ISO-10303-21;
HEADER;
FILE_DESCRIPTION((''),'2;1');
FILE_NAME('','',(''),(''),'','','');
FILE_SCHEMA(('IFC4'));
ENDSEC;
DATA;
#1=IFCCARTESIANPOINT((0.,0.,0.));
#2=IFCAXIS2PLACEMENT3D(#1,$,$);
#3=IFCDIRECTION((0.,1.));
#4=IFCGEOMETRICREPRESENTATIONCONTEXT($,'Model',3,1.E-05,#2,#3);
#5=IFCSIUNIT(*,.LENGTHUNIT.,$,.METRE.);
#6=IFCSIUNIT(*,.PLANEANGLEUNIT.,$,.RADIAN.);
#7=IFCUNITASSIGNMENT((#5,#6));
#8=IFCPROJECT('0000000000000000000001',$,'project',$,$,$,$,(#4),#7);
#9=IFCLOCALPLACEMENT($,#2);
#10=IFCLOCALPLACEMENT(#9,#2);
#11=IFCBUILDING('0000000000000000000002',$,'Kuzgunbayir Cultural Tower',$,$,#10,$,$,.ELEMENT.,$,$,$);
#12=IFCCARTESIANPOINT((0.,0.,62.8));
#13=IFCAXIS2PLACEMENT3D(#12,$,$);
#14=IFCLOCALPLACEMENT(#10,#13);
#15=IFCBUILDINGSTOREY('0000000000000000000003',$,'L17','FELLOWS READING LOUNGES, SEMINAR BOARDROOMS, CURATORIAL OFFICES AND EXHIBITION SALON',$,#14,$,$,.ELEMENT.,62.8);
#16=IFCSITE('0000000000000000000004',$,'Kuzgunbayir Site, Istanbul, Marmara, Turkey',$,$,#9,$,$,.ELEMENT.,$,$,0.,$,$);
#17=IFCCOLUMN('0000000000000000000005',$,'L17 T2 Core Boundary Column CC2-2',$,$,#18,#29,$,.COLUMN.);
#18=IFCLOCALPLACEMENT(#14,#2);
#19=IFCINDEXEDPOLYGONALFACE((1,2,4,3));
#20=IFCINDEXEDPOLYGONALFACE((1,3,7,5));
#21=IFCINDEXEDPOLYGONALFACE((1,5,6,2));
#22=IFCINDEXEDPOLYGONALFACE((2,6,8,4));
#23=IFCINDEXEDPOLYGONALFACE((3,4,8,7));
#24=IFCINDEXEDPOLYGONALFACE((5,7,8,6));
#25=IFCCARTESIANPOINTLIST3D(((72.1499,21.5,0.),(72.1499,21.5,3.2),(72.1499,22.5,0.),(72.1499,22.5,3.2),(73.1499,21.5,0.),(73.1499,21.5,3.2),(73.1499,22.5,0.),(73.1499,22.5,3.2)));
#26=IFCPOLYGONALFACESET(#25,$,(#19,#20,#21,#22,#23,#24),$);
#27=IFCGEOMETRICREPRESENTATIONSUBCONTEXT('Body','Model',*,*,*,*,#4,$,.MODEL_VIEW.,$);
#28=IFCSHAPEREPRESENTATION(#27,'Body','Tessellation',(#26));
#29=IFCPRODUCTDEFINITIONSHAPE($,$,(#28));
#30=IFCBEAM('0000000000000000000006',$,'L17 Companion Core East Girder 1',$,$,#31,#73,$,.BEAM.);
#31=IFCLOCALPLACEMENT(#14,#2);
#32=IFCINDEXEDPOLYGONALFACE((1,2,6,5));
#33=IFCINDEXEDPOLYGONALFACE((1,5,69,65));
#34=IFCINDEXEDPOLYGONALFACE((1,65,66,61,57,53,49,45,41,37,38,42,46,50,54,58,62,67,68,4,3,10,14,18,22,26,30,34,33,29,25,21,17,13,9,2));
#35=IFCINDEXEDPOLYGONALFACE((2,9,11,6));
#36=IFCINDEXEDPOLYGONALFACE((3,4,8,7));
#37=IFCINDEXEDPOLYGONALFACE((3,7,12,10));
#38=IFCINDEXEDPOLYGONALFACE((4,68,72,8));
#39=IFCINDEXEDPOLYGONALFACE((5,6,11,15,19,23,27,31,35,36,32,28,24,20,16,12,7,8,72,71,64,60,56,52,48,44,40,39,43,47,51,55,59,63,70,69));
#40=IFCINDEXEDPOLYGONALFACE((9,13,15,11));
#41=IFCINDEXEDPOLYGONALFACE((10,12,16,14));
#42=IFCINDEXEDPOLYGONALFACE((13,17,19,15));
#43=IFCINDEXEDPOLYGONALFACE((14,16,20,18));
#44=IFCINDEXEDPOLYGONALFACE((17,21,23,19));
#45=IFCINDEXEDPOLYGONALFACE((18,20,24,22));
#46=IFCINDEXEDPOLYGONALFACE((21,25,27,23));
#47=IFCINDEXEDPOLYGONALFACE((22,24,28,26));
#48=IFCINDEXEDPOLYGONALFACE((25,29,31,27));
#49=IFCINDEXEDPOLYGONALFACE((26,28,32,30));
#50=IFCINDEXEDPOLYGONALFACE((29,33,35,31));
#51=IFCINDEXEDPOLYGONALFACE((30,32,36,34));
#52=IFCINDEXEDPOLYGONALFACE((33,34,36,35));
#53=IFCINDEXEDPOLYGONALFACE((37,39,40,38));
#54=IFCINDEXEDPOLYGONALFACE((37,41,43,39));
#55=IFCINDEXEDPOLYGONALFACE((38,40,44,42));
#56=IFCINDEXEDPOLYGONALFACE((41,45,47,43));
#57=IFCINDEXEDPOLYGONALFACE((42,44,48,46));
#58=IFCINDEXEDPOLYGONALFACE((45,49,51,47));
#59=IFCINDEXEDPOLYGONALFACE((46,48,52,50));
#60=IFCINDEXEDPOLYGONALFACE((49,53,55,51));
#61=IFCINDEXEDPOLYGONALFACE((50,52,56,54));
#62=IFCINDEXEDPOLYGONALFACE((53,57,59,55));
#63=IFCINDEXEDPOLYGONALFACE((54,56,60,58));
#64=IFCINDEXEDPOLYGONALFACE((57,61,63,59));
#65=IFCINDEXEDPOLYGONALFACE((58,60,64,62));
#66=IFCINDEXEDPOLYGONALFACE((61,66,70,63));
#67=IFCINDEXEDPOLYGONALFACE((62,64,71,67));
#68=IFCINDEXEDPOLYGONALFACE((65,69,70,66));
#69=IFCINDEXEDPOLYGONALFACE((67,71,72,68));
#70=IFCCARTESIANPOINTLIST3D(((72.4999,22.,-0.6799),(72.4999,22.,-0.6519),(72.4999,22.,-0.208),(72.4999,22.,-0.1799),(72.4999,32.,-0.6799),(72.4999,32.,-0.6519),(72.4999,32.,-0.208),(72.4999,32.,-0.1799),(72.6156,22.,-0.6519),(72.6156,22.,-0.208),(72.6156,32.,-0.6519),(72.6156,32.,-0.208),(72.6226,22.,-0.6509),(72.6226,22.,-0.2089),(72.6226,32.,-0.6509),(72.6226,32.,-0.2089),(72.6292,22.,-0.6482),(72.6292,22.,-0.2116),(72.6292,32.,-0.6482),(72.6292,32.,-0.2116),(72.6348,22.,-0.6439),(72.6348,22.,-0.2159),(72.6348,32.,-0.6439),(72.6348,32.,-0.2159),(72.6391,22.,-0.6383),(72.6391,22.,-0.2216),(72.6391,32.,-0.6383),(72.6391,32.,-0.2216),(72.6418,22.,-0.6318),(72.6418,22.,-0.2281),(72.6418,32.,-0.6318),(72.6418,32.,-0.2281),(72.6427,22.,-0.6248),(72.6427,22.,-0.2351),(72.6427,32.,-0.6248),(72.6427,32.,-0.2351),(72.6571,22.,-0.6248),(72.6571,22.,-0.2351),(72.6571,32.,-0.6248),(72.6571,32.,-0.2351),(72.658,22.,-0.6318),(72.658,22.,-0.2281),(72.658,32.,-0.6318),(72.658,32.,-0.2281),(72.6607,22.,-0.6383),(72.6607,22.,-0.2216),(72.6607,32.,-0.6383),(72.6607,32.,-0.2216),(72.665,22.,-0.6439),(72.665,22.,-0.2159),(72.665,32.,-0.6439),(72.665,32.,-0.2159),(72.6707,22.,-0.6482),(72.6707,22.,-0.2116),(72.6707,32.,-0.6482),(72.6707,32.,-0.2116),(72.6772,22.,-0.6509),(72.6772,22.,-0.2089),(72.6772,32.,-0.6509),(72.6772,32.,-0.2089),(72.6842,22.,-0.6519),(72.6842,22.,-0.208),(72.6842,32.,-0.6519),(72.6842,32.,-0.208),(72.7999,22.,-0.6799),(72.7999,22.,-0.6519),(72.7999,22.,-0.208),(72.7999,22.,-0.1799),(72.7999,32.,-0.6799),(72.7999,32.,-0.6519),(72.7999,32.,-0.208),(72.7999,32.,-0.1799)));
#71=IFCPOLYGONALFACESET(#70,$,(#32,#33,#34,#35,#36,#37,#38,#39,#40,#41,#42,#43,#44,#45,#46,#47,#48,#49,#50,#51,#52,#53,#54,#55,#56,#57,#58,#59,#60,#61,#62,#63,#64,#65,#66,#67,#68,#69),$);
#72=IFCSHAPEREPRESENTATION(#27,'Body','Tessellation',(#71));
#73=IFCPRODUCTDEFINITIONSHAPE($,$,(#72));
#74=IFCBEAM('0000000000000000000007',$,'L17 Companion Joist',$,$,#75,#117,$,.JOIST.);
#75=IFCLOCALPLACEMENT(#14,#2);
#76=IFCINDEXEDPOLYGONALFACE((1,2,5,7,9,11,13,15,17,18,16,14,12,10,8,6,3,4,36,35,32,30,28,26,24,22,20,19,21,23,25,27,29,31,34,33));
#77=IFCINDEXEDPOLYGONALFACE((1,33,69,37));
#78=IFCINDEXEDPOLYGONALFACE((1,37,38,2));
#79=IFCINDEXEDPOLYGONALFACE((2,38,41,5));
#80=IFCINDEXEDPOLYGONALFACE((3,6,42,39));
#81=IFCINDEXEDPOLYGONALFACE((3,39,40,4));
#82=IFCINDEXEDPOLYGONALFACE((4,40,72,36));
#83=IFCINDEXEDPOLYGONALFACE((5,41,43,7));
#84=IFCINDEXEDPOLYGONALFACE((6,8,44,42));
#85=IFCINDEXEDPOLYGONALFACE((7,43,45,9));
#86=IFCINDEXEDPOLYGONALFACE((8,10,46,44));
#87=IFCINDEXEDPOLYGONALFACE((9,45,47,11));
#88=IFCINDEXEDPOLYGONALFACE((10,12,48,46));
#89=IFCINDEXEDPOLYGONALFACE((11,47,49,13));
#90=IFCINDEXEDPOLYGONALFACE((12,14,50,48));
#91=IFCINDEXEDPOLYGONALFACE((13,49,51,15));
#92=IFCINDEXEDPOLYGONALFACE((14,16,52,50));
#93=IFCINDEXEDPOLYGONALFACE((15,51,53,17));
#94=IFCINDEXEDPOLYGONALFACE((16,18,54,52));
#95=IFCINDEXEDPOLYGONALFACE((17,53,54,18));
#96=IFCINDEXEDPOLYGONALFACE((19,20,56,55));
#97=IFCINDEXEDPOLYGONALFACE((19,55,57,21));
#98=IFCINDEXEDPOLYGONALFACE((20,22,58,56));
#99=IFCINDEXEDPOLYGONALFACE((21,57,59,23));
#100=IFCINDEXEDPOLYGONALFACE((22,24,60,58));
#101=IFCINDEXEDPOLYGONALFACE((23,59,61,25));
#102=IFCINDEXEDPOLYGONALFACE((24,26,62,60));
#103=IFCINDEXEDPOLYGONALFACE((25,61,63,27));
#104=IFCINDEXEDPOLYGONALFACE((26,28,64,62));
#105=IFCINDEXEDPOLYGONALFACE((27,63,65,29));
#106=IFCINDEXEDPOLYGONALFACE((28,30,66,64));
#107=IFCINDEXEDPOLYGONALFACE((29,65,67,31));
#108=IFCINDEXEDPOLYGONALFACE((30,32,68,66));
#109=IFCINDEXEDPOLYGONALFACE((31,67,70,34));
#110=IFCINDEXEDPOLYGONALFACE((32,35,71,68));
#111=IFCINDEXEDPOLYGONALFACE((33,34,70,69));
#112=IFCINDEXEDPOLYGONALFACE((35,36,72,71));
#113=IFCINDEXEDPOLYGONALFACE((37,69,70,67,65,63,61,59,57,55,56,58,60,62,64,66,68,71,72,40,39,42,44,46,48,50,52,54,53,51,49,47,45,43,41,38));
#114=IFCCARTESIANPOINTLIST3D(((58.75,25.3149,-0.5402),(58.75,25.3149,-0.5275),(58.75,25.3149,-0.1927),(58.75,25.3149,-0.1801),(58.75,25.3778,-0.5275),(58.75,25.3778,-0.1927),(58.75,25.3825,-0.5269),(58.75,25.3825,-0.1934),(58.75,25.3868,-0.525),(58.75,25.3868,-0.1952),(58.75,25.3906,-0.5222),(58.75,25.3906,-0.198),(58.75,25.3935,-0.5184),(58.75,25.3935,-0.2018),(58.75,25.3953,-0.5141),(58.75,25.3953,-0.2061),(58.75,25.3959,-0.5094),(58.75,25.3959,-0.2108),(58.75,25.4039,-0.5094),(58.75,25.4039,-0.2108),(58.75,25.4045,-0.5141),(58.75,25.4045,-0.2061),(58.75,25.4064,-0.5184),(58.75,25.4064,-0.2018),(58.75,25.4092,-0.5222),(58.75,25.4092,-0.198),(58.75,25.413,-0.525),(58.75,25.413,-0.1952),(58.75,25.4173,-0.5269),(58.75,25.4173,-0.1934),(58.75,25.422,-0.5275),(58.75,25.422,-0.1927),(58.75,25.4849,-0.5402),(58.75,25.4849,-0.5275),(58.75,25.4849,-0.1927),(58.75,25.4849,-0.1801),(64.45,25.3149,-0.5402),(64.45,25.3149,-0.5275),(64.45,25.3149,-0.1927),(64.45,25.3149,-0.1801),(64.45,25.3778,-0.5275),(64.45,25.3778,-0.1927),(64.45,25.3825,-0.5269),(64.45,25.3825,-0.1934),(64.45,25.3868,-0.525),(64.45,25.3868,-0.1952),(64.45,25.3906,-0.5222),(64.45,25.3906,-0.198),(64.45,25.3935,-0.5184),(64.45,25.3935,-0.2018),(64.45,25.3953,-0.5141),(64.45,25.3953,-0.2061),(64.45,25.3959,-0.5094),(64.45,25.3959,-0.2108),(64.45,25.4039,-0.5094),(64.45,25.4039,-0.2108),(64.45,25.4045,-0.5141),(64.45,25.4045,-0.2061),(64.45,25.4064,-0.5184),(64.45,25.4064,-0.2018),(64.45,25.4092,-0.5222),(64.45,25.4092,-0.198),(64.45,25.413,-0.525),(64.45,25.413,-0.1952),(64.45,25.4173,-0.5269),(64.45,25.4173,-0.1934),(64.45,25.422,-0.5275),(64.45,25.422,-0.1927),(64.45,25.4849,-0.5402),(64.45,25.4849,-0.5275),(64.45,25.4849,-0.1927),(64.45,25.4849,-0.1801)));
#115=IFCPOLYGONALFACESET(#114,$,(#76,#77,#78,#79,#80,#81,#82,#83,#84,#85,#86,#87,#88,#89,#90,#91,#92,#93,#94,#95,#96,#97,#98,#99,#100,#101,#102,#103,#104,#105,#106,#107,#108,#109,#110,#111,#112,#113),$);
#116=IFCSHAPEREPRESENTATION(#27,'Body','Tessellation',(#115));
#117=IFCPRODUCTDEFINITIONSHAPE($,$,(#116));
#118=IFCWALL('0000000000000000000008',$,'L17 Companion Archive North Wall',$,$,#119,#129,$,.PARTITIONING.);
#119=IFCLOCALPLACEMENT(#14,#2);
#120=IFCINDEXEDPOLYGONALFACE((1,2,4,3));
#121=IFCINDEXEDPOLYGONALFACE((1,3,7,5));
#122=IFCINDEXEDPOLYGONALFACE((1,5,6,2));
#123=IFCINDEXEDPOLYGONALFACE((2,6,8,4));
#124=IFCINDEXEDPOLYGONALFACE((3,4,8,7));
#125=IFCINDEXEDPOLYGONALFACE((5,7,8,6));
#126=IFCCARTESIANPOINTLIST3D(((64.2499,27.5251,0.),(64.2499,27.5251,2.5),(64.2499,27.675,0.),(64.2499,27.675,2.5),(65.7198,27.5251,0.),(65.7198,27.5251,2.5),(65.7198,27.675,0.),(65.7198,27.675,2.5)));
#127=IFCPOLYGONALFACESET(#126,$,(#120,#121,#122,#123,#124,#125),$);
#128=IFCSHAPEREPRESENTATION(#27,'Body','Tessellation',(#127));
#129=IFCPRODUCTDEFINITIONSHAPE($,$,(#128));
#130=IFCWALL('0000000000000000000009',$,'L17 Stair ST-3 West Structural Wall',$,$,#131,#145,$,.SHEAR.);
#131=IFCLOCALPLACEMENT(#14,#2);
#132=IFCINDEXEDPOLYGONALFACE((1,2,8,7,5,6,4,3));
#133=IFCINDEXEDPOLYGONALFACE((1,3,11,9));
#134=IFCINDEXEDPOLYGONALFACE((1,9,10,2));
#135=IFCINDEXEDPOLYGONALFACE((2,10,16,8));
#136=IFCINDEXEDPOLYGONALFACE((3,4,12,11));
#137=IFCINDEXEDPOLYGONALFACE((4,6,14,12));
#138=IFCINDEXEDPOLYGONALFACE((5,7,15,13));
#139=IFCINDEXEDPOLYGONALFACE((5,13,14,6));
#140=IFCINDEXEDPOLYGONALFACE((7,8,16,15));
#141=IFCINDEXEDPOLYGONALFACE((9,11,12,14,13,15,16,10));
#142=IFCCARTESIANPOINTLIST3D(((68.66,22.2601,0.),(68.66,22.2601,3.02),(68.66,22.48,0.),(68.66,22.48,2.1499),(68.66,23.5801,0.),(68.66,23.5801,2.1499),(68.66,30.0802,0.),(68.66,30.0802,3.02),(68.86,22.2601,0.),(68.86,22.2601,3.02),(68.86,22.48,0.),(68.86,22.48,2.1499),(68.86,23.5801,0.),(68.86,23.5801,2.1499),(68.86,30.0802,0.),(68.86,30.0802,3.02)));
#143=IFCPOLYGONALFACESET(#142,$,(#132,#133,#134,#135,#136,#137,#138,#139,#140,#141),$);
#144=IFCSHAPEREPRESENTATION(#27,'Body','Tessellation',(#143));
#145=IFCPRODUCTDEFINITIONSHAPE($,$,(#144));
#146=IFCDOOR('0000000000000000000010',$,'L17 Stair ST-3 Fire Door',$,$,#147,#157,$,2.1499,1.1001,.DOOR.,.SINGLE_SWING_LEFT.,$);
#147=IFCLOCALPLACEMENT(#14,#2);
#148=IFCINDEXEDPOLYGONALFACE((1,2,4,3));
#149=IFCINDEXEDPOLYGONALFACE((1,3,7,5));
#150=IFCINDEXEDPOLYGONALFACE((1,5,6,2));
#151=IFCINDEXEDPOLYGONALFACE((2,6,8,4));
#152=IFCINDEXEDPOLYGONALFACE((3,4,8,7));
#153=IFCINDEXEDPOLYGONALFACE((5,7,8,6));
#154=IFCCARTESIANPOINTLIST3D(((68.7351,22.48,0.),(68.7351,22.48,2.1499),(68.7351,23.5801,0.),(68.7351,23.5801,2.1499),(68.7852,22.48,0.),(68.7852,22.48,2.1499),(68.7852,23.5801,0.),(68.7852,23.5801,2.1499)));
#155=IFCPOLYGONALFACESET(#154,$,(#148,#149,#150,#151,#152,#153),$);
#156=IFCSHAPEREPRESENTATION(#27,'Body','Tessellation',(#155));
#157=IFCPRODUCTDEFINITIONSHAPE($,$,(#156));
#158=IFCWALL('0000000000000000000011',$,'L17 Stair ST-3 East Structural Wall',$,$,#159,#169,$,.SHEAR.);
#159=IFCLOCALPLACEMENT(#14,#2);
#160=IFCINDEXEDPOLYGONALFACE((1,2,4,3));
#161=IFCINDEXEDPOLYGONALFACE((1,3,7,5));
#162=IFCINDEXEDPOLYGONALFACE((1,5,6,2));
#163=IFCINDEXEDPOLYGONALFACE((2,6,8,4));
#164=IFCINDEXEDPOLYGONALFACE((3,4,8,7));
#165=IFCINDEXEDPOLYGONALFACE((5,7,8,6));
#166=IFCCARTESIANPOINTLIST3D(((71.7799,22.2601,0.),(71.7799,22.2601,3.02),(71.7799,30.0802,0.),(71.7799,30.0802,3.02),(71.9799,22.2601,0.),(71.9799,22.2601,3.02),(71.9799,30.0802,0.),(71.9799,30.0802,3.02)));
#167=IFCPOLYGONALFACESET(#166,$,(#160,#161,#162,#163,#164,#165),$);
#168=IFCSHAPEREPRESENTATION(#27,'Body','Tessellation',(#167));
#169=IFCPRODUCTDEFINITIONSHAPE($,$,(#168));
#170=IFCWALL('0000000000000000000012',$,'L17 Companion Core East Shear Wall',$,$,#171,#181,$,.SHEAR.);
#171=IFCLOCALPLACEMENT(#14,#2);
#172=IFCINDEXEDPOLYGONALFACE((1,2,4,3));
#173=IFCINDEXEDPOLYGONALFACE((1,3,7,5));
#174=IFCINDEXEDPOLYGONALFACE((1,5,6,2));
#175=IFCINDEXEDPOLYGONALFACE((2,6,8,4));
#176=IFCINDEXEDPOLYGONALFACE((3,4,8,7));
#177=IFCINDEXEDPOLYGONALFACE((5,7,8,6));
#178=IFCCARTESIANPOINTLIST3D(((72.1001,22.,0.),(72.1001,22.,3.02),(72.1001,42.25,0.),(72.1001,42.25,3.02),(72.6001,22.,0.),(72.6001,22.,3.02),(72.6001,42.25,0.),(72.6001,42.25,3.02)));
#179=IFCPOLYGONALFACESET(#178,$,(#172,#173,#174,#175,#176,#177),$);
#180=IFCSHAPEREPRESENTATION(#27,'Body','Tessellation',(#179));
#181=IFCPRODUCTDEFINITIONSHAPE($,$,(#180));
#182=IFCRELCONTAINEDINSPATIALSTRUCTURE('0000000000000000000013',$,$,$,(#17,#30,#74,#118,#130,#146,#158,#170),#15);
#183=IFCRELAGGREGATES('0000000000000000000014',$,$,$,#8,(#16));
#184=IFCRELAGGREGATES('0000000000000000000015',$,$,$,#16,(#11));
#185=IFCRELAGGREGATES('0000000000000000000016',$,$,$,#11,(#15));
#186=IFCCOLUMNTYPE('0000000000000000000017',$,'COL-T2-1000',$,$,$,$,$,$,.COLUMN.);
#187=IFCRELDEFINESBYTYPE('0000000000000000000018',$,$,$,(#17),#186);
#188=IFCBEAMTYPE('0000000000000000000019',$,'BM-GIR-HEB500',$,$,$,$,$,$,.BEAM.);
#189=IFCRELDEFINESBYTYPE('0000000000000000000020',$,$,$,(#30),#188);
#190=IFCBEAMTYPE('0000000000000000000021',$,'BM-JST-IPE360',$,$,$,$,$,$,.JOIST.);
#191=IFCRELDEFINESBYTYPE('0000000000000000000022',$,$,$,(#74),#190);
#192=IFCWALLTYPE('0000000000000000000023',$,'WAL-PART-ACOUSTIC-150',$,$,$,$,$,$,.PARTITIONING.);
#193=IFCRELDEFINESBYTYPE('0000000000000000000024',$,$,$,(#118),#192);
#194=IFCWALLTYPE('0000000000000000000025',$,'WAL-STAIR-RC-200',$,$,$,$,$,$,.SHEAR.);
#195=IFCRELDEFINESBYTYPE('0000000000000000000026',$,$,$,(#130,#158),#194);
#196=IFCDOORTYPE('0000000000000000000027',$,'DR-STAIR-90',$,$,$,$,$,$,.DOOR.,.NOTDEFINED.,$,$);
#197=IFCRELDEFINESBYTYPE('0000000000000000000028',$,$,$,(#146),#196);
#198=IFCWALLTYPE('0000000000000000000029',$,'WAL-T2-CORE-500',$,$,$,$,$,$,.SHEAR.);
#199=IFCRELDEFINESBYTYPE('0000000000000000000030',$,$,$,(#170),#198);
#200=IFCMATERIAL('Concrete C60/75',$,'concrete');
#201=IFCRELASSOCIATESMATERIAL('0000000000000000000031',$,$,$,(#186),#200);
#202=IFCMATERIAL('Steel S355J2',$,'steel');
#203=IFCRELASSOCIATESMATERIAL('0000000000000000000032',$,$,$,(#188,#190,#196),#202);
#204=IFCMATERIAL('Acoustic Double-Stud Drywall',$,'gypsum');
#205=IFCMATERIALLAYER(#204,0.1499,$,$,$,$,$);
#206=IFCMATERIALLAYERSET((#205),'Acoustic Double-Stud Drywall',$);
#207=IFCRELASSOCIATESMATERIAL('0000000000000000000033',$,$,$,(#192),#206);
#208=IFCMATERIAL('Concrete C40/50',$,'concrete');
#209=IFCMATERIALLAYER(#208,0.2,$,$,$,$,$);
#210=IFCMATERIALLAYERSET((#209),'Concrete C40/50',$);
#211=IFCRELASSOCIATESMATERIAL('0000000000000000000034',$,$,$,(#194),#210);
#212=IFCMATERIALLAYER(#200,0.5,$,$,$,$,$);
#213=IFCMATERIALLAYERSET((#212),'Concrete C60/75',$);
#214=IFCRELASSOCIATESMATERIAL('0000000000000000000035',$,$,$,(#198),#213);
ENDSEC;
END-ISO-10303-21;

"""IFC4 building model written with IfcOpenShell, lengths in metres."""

from ifc_helpers import new_model, si_unit, direction, frame, frame_2d, origin, origin_2d, place, context, subcontext, project, spatial, rectangle, i_section, extrude, material, layer, layer_set, material_profile, profile_set, type_object, element, fill, save


model = new_model("IFC4")

# Units and contexts
model_context = context("Model", 3, precision=1e-05, world=origin(), true_north=direction((0.0, 1.0)))
body_context = subcontext(model_context, "Body", "Model", "MODEL_VIEW")
ifc_project = project(units=[si_unit("LENGTHUNIT", "METRE"), si_unit("PLANEANGLEUNIT", "RADIAN")], contexts=[model_context])

# Site, building, storey
site_placement = place(None, origin())
site = spatial("IfcSite", under=ifc_project, at=site_placement, Name="Kuzgunbayir Site, Istanbul, Marmara, Turkey", CompositionType="ELEMENT", RefElevation=0.0)
building_placement = place(site_placement, origin())
building = spatial("IfcBuilding", under=site, at=building_placement, Name="Kuzgunbayir Cultural Tower", CompositionType="ELEMENT")
storey_placement = place(building_placement, frame((0.0, 0.0, 62.8)))
storey = spatial("IfcBuildingStorey", under=building, at=storey_placement, Name="L17", Description="FELLOWS READING LOUNGES, SEMINAR BOARDROOMS, CURATORIAL OFFICES AND EXHIBITION SALON", CompositionType="ELEMENT", Elevation=62.8)

# Column
ifc_material_1 = material(Name="Concrete C60/75", Category="concrete")
ifc_material_profile_1 = material_profile(ifc_material_1, rectangle(XDim=1.0, YDim=1.0, at=origin_2d()), Name="RC 1000x1000")
ifc_profile_set_1 = profile_set([ifc_material_profile_1], Name="Concrete C60/75")
column_type = type_object("IfcColumnType", Name="COL-T2-1000", PredefinedType="COLUMN", material=ifc_profile_set_1)
column_placement = place(storey_placement, frame((72.6499, 22.0, 0.0), z_axis=(0.0, 0.0, 1.0), x_axis=(1.0, 0.0, 0.0)))
element("IfcColumn", 1, at=column_placement, inside=storey, type_object=column_type, Name="L17 T2 Core Boundary Column CC2-2", PredefinedType="COLUMN", context=body_context, shape_type="SweptSolid", body=[
    extrude(rectangle(XDim=1.0, YDim=1.0, at=origin_2d()), origin(), (0.0, 0.0, 1.0), 3.2),
])

# Beams
ifc_material_2 = material(Name="Steel S355J2", Category="steel")
ifc_material_profile_2 = material_profile(ifc_material_2, i_section(OverallWidth=0.3, OverallDepth=0.5, WebThickness=0.0144, FlangeThickness=0.0281, FilletRadius=0.0271, at=origin_2d()), Name="HEB 500")
ifc_profile_set_2 = profile_set([ifc_material_profile_2], Name="Steel S355J2")
beam_type_1 = type_object("IfcBeamType", Name="BM-GIR-HEB500", PredefinedType="BEAM", material=ifc_profile_set_2)
beam_1_placement = place(storey_placement, frame((72.6499, 22.0, -0.4299), z_axis=(0.0, 1.0, 0.0), x_axis=(-1.0, 0.0, 0.0)))
element("IfcBeam", 2, at=beam_1_placement, inside=storey, type_object=beam_type_1, Name="L17 Companion Core East Girder 1", PredefinedType="BEAM", context=body_context, shape_type="SweptSolid", body=[
    extrude(i_section(OverallWidth=0.3, OverallDepth=0.5, WebThickness=0.0144, FlangeThickness=0.0281, FilletRadius=0.0271, at=origin_2d()), origin(), (0.0, 0.0, 1.0), 10.0),
])
ifc_material_profile_3 = material_profile(ifc_material_2, i_section(OverallWidth=0.1699, OverallDepth=0.3601, WebThickness=0.0081, FlangeThickness=0.0127, FilletRadius=0.0181, at=origin_2d()), Name="IPE 360")
ifc_profile_set_3 = profile_set([ifc_material_profile_3], Name="Steel S355J2")
beam_type_2 = type_object("IfcBeamType", Name="BM-JST-IPE360", PredefinedType="JOIST", material=ifc_profile_set_3)
beam_2_placement = place(storey_placement, frame((58.75, 25.3999, -0.3601), z_axis=(1.0, 0.0, 0.0), x_axis=(0.0, 1.0, 0.0)))
element("IfcBeam", 3, at=beam_2_placement, inside=storey, type_object=beam_type_2, Name="L17 Companion Joist", PredefinedType="JOIST", context=body_context, shape_type="SweptSolid", body=[
    extrude(i_section(OverallWidth=0.1699, OverallDepth=0.3601, WebThickness=0.0081, FlangeThickness=0.0127, FilletRadius=0.0181, at=origin_2d()), origin(), (0.0, 0.0, 1.0), 5.7),
])

# Wall
ifc_material_3 = material(Name="Acoustic Double-Stud Drywall", Category="gypsum")
ifc_layer_1 = layer(ifc_material_3, 0.1499)
ifc_layer_set_1 = layer_set([ifc_layer_1], Name="Acoustic Double-Stud Drywall")
wall_type_1 = type_object("IfcWallType", Name="WAL-PART-ACOUSTIC-150", PredefinedType="PARTITIONING", material=ifc_layer_set_1)
wall_1_placement = place(storey_placement, frame((64.25, 27.6001, 0.0), z_axis=(0.0, 0.0, 1.0), x_axis=(1.0, 0.0, 0.0)))
element("IfcWall", 4, at=wall_1_placement, inside=storey, type_object=wall_type_1, Name="L17 Companion Archive North Wall", PredefinedType="PARTITIONING", context=body_context, shape_type="SweptSolid", body=[
    extrude(rectangle(XDim=1.47, YDim=0.1499, at=frame_2d((0.7349, 0.0))), origin(), (0.0, 0.0, 1.0), 2.5),
])

# Wall, opening, door
ifc_material_4 = material(Name="Concrete C40/50", Category="concrete")
ifc_layer_2 = layer(ifc_material_4, 0.2)
ifc_layer_set_2 = layer_set([ifc_layer_2], Name="Concrete C40/50")
wall_type_2 = type_object("IfcWallType", Name="WAL-STAIR-RC-200", PredefinedType="SHEAR", material=ifc_layer_set_2)
wall_2_placement = place(storey_placement, frame((68.76, 22.26, 0.0), z_axis=(0.0, 0.0, 1.0), x_axis=(0.0, 1.0, 0.0)))
wall_2 = element("IfcWall", 5, at=wall_2_placement, inside=storey, type_object=wall_type_2, Name="L17 Stair ST-3 West Structural Wall", PredefinedType="SHEAR", context=body_context, shape_type="SweptSolid", body=[
    extrude(rectangle(XDim=7.8201, YDim=0.2, at=frame_2d((3.9102, 0.0))), origin(), (0.0, 0.0, 1.0), 3.02),
])
opening_1_placement = place(wall_2_placement, frame((0.22, 0.0, 0.0)))
opening_1 = element("IfcOpeningElement", 6, at=opening_1_placement, cuts=wall_2, PredefinedType="OPENING", context=body_context, shape_type="SweptSolid", body=[
    extrude(rectangle(XDim=1.1001, YDim=2.1499, at=frame_2d((0.55, 1.075))), frame((0.0, 0.1099, 0.0), z_axis=(0.0, -1.0, 0.0), x_axis=(1.0, 0.0, 0.0)), (0.0, 0.0, 1.0), 0.22),
])
door_type_1 = type_object("IfcDoorType", Name="DR-STAIR-90", OperationType="NOTDEFINED", PredefinedType="DOOR", material=ifc_material_2)
door_1_placement = place(opening_1_placement, origin())
door_1 = element("IfcDoor", 7, at=door_1_placement, inside=storey, type_object=door_type_1, Name="L17 Stair ST-3 Fire Door", OperationType="SINGLE_SWING_LEFT", OverallHeight=2.1499, OverallWidth=1.1001, PredefinedType="DOOR", context=body_context, shape_type="SweptSolid", body=[
    extrude(rectangle(XDim=1.1001, YDim=2.1499, at=frame_2d((0.55, 1.075))), frame((0.0, 0.0249, 0.0), z_axis=(0.0, -1.0, 0.0), x_axis=(1.0, 0.0, 0.0)), (0.0, 0.0, 1.0), 0.05),
])
fill(opening_1, door_1)

# Walls
wall_3_placement = place(storey_placement, frame((71.8799, 22.26, 0.0), z_axis=(0.0, 0.0, 1.0), x_axis=(0.0, 1.0, 0.0)))
element("IfcWall", 8, at=wall_3_placement, inside=storey, type_object=wall_type_2, Name="L17 Stair ST-3 East Structural Wall", PredefinedType="SHEAR", context=body_context, shape_type="SweptSolid", body=[
    extrude(rectangle(XDim=7.8201, YDim=0.2, at=frame_2d((3.9102, 0.0))), origin(), (0.0, 0.0, 1.0), 3.02),
])
ifc_layer_3 = layer(ifc_material_1, 0.5)
ifc_layer_set_3 = layer_set([ifc_layer_3], Name="Concrete C60/75")
wall_type_3 = type_object("IfcWallType", Name="WAL-T2-CORE-500", PredefinedType="SHEAR", material=ifc_layer_set_3)
wall_4_placement = place(storey_placement, frame((72.3501, 22.0, 0.0), z_axis=(0.0, 0.0, 1.0), x_axis=(0.0, 1.0, 0.0)))
element("IfcWall", 9, at=wall_4_placement, inside=storey, type_object=wall_type_3, Name="L17 Companion Core East Shear Wall", PredefinedType="SHEAR", context=body_context, shape_type="SweptSolid", body=[
    extrude(rectangle(XDim=20.25, YDim=0.5, at=frame_2d((10.125, 0.0))), origin(), (0.0, 0.0, 1.0), 3.02),
])

save(model, "model.ifc")
